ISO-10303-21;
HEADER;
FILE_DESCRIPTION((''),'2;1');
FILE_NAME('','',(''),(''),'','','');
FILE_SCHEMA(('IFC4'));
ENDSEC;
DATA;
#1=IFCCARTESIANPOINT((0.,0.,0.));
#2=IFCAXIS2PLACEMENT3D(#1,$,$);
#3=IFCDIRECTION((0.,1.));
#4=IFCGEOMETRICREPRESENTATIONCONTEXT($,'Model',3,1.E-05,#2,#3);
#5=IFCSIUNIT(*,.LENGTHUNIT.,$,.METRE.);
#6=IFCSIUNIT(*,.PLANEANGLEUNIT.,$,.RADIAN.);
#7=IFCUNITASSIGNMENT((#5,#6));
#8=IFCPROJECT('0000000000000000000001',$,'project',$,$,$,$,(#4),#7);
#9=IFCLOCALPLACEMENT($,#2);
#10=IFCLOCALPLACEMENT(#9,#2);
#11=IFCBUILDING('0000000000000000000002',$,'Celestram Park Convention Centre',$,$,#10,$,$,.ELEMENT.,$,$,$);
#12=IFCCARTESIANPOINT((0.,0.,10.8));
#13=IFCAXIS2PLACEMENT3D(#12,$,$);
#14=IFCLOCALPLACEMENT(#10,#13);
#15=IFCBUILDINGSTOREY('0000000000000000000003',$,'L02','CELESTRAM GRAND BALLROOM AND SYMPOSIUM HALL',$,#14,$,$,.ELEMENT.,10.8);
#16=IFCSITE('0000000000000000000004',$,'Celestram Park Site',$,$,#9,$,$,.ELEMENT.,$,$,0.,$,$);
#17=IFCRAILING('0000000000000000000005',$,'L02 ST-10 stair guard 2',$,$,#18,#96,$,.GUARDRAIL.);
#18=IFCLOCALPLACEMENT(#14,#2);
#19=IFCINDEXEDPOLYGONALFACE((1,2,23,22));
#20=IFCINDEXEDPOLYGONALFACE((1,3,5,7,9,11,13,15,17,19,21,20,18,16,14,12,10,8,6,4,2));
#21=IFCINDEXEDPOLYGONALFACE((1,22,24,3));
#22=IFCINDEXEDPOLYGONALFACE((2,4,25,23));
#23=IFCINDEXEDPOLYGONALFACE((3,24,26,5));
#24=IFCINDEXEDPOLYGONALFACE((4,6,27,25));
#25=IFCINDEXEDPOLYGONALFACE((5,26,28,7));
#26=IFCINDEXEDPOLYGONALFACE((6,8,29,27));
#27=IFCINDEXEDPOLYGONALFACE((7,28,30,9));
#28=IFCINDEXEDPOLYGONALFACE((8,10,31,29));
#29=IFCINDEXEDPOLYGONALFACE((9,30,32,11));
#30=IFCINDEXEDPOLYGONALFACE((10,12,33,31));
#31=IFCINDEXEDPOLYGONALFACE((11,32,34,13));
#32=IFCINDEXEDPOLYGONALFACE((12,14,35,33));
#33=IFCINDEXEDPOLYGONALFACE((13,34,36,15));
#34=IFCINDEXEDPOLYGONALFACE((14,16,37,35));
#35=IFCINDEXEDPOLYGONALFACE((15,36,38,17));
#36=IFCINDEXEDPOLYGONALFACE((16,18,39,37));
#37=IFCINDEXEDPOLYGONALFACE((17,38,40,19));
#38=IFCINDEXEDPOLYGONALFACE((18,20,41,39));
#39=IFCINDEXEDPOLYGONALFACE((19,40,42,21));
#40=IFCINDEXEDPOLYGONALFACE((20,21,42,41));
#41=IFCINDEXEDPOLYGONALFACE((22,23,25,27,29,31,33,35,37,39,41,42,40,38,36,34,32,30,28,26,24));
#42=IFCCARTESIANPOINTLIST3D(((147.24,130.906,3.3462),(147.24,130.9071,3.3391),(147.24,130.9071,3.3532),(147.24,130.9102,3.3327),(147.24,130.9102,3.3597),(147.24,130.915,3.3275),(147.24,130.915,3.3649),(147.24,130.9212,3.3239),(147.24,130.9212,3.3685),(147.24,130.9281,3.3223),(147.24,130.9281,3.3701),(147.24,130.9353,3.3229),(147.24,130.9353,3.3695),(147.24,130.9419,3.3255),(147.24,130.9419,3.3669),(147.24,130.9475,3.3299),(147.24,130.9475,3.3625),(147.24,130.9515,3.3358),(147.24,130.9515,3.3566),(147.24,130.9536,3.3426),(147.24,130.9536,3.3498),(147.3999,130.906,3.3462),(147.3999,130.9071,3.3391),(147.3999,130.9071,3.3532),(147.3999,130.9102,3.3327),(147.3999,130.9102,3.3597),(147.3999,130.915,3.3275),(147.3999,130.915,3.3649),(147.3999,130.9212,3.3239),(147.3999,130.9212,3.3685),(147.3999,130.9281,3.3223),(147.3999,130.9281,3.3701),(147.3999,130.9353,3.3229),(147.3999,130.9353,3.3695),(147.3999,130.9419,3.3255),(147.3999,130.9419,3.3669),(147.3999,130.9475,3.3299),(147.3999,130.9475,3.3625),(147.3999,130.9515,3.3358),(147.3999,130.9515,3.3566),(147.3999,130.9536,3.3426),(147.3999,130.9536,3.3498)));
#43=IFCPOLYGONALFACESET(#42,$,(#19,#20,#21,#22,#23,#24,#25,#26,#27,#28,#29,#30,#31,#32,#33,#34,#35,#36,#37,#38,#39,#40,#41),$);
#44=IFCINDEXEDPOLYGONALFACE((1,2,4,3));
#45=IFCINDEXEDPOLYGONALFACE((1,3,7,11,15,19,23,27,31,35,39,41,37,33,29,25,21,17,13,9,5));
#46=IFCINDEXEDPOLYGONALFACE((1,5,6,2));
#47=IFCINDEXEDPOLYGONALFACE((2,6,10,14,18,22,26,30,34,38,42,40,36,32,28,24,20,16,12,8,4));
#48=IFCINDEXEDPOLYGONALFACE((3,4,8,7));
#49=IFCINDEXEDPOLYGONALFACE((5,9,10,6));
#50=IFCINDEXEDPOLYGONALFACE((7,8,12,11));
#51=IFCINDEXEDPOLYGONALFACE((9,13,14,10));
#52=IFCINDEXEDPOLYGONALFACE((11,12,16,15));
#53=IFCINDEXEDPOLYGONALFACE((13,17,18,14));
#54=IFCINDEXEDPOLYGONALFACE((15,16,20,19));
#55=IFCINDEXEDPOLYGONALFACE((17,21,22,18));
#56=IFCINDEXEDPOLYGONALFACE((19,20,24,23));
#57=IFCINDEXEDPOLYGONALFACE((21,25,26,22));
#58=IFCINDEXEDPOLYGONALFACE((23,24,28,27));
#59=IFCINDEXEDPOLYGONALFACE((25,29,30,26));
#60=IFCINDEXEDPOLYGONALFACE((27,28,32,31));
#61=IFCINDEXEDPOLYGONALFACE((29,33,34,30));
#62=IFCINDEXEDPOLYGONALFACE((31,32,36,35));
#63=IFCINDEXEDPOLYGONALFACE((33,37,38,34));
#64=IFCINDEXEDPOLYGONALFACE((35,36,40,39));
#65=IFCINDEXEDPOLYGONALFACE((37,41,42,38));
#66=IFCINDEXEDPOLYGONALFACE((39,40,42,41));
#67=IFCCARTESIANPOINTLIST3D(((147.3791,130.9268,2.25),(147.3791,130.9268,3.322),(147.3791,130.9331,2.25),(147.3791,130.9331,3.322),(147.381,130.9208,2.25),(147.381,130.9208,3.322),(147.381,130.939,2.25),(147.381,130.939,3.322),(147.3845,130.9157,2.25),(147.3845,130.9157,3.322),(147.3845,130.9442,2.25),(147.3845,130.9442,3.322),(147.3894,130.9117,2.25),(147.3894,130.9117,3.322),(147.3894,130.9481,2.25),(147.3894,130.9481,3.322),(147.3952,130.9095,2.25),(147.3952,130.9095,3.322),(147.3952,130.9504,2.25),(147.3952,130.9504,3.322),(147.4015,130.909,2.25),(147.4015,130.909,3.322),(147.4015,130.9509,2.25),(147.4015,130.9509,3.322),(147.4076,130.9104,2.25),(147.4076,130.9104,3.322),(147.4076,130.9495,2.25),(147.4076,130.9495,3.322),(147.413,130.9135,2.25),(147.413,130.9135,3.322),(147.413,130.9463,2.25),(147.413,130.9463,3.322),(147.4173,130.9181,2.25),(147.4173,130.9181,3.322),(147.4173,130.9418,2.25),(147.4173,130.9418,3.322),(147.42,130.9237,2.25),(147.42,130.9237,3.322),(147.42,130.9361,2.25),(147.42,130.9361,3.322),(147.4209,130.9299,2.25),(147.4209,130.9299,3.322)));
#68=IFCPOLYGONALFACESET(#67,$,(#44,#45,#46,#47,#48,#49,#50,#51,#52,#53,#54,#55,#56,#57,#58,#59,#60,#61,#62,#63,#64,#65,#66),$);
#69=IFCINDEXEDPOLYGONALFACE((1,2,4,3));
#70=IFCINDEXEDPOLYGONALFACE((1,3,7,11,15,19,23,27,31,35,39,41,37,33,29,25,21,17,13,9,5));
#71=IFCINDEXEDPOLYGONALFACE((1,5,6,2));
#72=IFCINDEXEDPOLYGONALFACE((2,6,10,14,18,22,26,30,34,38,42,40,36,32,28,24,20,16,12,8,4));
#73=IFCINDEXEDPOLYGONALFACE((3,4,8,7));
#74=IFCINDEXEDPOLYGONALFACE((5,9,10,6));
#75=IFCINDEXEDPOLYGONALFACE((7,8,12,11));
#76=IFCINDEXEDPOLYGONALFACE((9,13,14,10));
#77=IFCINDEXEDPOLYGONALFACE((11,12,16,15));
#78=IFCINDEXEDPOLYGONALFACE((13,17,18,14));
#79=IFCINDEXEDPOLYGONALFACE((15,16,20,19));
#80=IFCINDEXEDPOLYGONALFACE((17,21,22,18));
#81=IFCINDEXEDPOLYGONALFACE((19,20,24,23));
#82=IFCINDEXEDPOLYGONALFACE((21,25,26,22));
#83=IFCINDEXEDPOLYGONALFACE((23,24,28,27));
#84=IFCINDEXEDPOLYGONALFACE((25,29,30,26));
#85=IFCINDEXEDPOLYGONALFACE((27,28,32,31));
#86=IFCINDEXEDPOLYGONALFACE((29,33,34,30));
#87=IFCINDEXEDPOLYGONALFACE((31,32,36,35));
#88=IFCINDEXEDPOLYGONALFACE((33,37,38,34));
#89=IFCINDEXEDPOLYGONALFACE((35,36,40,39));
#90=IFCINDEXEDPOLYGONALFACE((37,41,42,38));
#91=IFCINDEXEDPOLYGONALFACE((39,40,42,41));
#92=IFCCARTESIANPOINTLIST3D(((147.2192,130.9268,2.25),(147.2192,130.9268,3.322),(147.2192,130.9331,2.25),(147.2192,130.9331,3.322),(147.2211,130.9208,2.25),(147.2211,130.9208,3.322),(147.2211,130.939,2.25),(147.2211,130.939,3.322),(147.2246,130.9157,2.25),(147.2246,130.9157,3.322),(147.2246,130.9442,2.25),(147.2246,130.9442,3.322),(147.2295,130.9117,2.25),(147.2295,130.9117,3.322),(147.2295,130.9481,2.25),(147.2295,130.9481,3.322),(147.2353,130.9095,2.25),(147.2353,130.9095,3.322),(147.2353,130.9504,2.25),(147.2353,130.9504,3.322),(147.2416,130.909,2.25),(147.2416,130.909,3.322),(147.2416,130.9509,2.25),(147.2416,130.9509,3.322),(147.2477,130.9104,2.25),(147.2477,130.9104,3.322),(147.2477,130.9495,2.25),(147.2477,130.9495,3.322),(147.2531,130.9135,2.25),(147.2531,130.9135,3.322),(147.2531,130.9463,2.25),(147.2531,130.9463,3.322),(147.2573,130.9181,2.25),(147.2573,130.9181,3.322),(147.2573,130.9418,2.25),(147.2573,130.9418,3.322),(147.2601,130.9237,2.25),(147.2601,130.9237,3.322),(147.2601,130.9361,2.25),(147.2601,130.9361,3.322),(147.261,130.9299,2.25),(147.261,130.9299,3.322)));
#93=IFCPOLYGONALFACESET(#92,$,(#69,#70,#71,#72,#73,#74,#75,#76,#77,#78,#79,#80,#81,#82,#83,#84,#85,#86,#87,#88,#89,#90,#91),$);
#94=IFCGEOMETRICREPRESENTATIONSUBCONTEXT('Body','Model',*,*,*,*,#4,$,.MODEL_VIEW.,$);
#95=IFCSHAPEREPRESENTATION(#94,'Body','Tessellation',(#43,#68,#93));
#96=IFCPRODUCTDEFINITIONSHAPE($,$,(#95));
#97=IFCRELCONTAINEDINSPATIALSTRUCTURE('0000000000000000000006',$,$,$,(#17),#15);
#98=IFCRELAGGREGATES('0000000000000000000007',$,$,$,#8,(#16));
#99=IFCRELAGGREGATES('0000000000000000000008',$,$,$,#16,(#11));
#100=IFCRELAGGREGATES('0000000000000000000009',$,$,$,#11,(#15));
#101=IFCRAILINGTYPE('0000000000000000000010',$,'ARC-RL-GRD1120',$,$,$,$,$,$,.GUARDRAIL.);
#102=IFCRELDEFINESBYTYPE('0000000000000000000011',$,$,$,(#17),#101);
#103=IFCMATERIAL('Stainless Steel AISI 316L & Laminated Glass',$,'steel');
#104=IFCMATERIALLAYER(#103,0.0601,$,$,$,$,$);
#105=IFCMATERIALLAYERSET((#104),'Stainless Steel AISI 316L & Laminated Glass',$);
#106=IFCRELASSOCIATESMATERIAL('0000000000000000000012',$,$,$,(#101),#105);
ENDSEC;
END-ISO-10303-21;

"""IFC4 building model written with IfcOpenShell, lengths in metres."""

from ifc_helpers import new_model, si_unit, direction, frame, origin, origin_2d, place, context, subcontext, project, spatial, circle, extrude, material, layer, layer_set, type_object, element, save


model = new_model("IFC4")

# Units and contexts
model_context = context("Model", 3, precision=1e-05, world=origin(), true_north=direction((0.0, 1.0)))
body_context = subcontext(model_context, "Body", "Model", "MODEL_VIEW")
ifc_project = project(units=[si_unit("LENGTHUNIT", "METRE"), si_unit("PLANEANGLEUNIT", "RADIAN")], contexts=[model_context])

# Site, building, storey
site_placement = place(None, origin())
site = spatial("IfcSite", under=ifc_project, at=site_placement, Name="Celestram Park Site", CompositionType="ELEMENT", RefElevation=0.0)
building_placement = place(site_placement, origin())
building = spatial("IfcBuilding", under=site, at=building_placement, Name="Celestram Park Convention Centre", CompositionType="ELEMENT")
storey_placement = place(building_placement, frame((0.0, 0.0, 10.8)))
storey = spatial("IfcBuildingStorey", under=building, at=storey_placement, Name="L02", Description="CELESTRAM GRAND BALLROOM AND SYMPOSIUM HALL", CompositionType="ELEMENT", Elevation=10.8)

# Railing
ifc_material_1 = material(Name="Stainless Steel AISI 316L & Laminated Glass", Category="steel")
ifc_layer_1 = layer(ifc_material_1, 0.0601)
ifc_layer_set_1 = layer_set([ifc_layer_1], Name="Stainless Steel AISI 316L & Laminated Glass")
railing_type_1 = type_object("IfcRailingType", Name="ARC-RL-GRD1120", PredefinedType="GUARDRAIL", material=ifc_layer_set_1)
railing_1_placement = place(storey_placement, frame((147.3999, 130.9299, 2.25)))
element("IfcRailing", 1, at=railing_1_placement, inside=storey, type_object=railing_type_1, Name="L02 ST-10 stair guard 2", PredefinedType="GUARDRAIL", context=body_context, shape_type="SweptSolid", body=[
    extrude(circle(Radius=0.0239, at=origin_2d()), frame((0.0, 0.0, 1.0962), z_axis=(-1.0, 0.0, 0.0), x_axis=(0.0, -1.0, 0.0)), (0.0, 0.0, 1.0), 0.1599),
    extrude(circle(Radius=0.021, at=origin_2d()), origin(), (0.0, 0.0, 1.0), 1.072),
    extrude(circle(Radius=0.021, at=origin_2d()), frame((-0.1599, 0.0, 0.0)), (0.0, 0.0, 1.0), 1.072),
])

save(model, "model.ifc")
